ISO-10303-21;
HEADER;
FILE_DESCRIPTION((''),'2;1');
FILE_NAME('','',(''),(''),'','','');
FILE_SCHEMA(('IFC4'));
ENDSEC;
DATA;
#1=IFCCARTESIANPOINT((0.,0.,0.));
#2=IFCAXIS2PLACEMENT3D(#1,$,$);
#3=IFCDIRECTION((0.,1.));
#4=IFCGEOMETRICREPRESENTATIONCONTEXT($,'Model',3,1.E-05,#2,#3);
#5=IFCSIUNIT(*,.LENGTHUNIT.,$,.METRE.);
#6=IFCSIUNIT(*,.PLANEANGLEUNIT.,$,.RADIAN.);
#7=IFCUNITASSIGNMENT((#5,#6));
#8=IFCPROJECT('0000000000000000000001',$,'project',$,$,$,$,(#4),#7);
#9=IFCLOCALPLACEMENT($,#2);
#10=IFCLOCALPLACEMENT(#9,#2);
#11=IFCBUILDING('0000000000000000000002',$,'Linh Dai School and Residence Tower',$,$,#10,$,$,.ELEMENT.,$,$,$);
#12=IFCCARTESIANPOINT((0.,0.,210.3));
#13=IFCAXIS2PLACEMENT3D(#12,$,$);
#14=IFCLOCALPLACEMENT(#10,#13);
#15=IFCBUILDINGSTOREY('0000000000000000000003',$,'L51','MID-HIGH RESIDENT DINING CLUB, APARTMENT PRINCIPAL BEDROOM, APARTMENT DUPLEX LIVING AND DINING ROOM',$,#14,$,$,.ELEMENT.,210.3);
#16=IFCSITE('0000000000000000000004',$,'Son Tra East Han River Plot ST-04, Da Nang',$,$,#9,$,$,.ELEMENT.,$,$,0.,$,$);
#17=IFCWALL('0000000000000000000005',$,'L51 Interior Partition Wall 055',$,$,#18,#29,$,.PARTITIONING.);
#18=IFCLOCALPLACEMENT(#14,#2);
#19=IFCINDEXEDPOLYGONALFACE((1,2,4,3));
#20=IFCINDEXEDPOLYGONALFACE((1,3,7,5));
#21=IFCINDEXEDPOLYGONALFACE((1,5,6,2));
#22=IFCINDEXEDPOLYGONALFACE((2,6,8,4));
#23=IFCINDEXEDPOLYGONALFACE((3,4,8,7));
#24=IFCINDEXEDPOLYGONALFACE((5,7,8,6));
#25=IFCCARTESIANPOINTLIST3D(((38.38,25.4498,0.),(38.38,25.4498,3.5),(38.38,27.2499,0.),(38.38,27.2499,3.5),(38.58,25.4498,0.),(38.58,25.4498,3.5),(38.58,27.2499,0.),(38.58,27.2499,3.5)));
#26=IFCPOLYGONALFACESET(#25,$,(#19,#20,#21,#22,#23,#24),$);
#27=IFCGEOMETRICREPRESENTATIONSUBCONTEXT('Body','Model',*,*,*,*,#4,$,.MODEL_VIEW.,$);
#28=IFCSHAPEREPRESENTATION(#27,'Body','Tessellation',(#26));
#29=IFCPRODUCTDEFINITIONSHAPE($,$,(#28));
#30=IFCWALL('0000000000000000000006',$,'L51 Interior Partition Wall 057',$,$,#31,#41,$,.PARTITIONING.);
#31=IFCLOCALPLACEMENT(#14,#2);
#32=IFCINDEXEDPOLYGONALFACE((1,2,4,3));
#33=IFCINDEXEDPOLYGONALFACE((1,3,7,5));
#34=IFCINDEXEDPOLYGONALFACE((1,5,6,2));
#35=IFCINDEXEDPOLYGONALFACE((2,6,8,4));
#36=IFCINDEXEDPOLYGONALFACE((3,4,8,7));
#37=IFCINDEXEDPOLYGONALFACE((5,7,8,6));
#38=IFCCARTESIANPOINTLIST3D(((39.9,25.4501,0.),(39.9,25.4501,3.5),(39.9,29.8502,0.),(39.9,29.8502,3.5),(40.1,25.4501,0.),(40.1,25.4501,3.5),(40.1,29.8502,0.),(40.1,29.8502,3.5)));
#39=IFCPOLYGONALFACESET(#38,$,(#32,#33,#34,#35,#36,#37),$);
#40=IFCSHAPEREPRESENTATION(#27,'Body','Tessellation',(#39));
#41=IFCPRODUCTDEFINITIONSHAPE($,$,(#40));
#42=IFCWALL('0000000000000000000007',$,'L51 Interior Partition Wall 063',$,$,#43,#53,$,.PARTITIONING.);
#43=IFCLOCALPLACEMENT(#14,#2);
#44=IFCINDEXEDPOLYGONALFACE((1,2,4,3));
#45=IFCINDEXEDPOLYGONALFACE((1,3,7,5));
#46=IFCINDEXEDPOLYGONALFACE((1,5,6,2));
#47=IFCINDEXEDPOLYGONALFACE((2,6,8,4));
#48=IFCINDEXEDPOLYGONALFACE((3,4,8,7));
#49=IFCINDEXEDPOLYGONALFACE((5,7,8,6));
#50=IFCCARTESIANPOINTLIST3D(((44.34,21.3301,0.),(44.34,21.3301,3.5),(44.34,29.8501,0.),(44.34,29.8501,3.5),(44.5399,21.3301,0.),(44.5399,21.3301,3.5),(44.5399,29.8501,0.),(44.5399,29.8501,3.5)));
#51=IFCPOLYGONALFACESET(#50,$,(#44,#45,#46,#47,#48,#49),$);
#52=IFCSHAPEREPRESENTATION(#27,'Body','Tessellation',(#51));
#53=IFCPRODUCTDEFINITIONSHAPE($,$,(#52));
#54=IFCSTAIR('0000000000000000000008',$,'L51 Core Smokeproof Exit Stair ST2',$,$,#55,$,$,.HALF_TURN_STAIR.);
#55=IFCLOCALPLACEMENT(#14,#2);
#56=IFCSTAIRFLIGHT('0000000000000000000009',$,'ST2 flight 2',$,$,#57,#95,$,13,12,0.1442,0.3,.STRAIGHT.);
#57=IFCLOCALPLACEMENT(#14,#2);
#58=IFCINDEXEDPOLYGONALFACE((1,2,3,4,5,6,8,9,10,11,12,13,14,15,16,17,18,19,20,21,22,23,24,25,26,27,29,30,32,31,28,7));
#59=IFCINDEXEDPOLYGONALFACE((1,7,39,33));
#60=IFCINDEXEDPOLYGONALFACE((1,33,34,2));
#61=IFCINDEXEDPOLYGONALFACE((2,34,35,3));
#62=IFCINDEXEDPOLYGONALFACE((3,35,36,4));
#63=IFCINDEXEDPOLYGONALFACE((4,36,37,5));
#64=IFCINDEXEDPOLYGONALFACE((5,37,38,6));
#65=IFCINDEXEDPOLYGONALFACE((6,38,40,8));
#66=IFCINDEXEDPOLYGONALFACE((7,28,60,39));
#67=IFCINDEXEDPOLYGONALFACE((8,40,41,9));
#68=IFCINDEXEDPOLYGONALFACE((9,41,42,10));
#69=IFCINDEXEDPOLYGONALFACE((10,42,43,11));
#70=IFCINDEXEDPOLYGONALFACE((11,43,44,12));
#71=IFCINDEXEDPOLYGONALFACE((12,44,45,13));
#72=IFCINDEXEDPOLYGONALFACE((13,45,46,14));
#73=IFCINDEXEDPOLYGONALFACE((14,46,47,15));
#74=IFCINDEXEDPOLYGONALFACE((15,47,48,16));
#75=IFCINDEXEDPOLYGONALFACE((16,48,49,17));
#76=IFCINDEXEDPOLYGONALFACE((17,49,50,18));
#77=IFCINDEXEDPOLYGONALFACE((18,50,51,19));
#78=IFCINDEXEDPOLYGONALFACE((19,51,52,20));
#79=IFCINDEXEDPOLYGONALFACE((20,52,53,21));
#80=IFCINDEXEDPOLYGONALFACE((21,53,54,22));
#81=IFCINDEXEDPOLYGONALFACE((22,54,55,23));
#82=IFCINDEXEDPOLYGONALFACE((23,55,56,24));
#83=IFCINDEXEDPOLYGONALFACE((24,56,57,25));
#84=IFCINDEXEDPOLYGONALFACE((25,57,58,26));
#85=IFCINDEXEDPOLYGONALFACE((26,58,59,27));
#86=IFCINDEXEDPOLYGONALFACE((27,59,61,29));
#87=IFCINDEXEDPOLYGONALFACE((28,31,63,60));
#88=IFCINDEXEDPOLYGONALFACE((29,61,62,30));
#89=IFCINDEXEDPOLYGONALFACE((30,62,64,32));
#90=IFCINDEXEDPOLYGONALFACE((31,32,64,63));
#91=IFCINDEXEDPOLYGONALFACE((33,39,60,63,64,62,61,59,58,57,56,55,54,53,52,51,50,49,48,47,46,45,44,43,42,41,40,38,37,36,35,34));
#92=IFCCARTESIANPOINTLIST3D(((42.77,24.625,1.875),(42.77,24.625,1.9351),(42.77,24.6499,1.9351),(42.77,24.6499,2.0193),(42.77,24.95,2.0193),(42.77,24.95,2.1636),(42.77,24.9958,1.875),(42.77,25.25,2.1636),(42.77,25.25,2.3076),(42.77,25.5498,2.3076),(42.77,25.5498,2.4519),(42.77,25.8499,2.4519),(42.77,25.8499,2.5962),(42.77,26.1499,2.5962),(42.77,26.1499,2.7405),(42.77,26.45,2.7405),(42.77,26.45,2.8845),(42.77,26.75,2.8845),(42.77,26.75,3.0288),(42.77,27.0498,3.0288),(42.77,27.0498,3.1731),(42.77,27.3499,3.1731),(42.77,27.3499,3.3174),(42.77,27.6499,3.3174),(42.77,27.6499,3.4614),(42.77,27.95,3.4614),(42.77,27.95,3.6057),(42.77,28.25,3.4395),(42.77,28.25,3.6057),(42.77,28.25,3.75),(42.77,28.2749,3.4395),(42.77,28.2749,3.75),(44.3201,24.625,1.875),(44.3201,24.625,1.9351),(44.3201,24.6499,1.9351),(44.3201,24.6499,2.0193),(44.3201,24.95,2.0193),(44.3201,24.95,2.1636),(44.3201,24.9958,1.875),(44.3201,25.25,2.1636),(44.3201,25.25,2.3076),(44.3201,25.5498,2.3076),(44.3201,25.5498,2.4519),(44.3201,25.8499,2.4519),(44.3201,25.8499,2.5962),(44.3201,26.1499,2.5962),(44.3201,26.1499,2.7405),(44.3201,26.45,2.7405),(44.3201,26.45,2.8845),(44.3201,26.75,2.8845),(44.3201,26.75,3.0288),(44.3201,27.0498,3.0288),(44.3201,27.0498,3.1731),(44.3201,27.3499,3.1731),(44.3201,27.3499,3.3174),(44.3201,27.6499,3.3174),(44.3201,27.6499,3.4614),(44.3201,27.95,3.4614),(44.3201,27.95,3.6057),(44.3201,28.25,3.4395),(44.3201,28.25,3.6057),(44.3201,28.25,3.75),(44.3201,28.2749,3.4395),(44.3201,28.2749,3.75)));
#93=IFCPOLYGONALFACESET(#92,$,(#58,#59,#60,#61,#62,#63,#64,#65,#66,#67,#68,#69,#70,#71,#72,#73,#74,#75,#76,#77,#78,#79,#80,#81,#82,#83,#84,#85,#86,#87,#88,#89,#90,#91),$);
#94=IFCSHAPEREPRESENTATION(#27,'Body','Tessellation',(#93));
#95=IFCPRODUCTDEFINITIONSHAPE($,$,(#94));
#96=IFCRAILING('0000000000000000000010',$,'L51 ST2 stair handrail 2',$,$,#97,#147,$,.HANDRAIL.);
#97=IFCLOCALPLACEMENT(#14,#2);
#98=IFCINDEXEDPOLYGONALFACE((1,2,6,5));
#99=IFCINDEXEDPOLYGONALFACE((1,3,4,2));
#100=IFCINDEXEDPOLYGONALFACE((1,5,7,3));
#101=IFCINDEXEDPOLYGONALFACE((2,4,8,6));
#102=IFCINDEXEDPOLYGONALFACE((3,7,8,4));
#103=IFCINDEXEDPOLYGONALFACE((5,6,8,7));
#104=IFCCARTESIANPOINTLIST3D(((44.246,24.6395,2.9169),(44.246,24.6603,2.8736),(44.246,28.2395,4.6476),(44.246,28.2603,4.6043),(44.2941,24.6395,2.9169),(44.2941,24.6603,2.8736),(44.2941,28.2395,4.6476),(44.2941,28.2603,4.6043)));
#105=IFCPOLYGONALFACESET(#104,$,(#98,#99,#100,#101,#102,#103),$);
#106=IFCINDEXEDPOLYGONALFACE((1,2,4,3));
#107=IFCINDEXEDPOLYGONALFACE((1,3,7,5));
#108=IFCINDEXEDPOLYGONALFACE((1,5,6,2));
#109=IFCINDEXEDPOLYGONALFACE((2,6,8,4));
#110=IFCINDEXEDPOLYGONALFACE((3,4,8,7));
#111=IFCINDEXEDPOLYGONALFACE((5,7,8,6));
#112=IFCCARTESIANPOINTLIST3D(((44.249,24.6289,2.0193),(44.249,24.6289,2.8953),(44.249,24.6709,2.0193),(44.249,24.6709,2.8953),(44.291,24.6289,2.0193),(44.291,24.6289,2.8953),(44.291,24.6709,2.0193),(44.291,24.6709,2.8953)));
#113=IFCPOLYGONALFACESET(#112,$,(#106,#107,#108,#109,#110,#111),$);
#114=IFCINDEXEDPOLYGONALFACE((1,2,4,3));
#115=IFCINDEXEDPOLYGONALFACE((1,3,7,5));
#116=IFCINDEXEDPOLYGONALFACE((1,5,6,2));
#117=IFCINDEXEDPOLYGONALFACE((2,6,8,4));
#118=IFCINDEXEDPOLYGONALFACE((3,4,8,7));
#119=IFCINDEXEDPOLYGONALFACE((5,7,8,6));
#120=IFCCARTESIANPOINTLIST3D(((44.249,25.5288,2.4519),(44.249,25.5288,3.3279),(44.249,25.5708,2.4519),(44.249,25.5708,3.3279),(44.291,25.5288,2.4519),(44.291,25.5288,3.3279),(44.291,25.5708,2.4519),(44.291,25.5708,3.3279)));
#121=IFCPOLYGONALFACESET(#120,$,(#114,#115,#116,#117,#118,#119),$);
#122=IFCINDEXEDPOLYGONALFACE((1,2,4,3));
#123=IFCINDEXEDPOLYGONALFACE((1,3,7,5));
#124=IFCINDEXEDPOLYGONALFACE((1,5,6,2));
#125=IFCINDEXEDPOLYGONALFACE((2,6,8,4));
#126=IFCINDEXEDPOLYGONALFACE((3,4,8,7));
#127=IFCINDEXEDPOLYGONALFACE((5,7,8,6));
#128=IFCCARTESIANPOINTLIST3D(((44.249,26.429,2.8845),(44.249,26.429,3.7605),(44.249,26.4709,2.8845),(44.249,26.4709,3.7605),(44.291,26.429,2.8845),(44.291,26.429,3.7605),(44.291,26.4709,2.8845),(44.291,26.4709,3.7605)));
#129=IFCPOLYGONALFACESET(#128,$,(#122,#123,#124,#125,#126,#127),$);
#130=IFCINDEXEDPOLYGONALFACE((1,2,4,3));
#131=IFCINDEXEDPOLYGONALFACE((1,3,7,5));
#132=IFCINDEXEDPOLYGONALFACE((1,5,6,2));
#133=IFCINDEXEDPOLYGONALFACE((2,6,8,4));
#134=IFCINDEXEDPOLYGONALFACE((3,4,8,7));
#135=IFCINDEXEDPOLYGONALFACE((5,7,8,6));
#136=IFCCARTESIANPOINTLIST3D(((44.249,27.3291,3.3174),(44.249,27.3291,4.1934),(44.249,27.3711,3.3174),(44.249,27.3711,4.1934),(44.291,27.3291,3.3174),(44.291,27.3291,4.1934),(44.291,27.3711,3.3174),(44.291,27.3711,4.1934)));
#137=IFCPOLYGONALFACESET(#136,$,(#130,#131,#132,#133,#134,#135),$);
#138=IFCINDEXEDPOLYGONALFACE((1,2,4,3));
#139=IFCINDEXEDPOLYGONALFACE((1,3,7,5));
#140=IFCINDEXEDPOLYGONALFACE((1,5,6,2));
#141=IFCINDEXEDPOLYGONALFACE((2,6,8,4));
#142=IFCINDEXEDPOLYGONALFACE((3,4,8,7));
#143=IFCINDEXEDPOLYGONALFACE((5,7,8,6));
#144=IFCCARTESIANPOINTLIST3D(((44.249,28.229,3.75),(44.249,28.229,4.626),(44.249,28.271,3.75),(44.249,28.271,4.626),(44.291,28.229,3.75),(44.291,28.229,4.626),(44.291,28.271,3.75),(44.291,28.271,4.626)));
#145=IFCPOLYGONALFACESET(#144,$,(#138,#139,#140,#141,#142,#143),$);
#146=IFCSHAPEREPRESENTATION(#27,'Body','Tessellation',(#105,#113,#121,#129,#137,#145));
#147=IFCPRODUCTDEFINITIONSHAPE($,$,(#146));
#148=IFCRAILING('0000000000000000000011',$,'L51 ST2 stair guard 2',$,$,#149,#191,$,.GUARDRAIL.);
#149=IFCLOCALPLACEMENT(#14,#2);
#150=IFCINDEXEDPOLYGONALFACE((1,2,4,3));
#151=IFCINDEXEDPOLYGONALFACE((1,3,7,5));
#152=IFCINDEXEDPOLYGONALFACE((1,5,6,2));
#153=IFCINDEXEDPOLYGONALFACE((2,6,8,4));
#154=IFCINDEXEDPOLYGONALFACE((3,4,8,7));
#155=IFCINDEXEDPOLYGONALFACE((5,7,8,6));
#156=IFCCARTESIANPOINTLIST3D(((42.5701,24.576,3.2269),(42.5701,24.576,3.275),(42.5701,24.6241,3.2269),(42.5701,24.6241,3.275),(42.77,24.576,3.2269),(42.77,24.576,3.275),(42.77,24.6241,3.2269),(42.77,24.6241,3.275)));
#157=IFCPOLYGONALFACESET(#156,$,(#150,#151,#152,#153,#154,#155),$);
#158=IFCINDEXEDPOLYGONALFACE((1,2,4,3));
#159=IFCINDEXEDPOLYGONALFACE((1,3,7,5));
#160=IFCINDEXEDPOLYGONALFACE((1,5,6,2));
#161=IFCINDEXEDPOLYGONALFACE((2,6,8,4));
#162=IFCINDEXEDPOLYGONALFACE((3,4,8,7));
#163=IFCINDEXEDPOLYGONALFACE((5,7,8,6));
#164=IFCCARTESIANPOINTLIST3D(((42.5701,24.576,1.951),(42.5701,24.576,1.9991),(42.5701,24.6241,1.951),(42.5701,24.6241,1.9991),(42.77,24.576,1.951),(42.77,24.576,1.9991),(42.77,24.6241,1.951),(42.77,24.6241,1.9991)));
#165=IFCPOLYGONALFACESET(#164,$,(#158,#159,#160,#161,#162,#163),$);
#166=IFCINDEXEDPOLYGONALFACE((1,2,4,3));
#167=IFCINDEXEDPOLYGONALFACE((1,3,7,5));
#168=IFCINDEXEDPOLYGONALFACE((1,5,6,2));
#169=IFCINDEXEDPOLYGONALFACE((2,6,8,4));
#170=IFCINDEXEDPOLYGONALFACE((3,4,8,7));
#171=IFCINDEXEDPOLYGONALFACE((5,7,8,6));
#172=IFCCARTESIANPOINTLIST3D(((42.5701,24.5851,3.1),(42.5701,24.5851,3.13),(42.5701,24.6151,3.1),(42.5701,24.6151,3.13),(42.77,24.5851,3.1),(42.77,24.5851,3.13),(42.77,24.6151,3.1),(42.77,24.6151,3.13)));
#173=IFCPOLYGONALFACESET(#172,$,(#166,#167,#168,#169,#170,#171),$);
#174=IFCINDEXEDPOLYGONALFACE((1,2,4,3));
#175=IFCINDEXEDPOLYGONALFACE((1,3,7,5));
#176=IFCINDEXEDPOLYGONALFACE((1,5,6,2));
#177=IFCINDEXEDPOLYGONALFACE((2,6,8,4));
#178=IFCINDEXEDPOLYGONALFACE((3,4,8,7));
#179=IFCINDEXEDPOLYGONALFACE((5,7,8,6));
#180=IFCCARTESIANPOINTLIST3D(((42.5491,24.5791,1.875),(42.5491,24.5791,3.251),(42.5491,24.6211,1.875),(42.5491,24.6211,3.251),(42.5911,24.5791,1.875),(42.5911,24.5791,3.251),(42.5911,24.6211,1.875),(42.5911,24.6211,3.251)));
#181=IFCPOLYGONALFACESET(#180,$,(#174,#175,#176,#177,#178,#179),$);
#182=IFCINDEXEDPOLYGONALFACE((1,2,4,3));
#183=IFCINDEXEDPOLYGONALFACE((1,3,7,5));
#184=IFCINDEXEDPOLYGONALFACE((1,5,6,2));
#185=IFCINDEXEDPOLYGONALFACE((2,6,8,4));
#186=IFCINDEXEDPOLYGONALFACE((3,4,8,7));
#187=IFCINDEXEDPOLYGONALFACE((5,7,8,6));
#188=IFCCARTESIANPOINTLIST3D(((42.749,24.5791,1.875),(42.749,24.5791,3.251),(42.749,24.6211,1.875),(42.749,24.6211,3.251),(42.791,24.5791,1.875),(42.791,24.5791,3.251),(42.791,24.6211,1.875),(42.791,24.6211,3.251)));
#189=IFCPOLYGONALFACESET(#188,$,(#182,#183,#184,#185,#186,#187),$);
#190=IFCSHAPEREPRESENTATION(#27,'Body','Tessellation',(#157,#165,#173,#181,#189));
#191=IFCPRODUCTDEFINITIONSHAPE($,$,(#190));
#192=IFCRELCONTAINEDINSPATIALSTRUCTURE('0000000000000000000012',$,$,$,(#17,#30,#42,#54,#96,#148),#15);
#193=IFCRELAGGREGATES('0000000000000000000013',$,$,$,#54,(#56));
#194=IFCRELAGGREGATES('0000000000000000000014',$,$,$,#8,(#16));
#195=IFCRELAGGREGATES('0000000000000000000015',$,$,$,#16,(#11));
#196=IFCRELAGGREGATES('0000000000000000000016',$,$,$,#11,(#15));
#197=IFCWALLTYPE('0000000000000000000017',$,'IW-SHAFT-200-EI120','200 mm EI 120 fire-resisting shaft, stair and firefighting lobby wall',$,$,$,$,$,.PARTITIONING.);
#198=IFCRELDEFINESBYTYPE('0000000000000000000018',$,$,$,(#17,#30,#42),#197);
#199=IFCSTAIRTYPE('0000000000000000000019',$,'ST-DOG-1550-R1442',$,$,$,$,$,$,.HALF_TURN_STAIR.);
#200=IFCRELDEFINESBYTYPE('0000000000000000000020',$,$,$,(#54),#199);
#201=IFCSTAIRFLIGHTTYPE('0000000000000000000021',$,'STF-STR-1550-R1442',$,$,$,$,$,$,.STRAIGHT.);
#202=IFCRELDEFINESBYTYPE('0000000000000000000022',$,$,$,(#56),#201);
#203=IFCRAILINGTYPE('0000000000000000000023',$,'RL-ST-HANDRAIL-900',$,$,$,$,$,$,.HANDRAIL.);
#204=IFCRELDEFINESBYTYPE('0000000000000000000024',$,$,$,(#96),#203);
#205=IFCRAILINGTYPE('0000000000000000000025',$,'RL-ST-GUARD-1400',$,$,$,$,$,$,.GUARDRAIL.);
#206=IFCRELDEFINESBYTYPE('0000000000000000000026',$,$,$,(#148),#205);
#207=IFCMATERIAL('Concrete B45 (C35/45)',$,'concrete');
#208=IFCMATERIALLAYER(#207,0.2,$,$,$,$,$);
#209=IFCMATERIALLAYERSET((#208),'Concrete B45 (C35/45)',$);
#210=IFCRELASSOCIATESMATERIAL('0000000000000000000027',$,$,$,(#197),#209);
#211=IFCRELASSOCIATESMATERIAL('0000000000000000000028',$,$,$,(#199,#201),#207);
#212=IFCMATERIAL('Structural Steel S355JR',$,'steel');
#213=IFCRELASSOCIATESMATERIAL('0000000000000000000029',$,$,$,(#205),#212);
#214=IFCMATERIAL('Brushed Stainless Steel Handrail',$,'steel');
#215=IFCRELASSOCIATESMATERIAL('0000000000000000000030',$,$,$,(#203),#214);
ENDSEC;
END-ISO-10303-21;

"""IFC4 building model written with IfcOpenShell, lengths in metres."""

from ifc_helpers import new_model, si_unit, direction, frame, frame_2d, origin, origin_2d, place, context, subcontext, project, spatial, polyline, rectangle, outline, extrude, source, transform, mapped, material, layer, layer_set, type_object, element, aggregate, save


model = new_model("IFC4")

# Units and contexts
model_context = context("Model", 3, precision=1e-05, world=origin(), true_north=direction((0.0, 1.0)))
body_context = subcontext(model_context, "Body", "Model", "MODEL_VIEW")
ifc_project = project(units=[si_unit("LENGTHUNIT", "METRE"), si_unit("PLANEANGLEUNIT", "RADIAN")], contexts=[model_context])

# Site, building, storey
site_placement = place(None, origin())
site = spatial("IfcSite", under=ifc_project, at=site_placement, Name="Son Tra East Han River Plot ST-04, Da Nang", CompositionType="ELEMENT", RefElevation=0.0)
building_placement = place(site_placement, origin())
building = spatial("IfcBuilding", under=site, at=building_placement, Name="Linh Dai School and Residence Tower", CompositionType="ELEMENT")
storey_placement = place(building_placement, frame((0.0, 0.0, 210.3)))
storey = spatial("IfcBuildingStorey", under=building, at=storey_placement, Name="L51", Description="MID-HIGH RESIDENT DINING CLUB, APARTMENT PRINCIPAL BEDROOM, APARTMENT DUPLEX LIVING AND DINING ROOM", CompositionType="ELEMENT", Elevation=210.3)

# Shared definitions
ifc_material_1 = material(Name="Structural Steel S355JR", Category="steel")

# Walls
ifc_material_2 = material(Name="Concrete B45 (C35/45)", Category="concrete")
ifc_layer_1 = layer(ifc_material_2, 0.2)
ifc_layer_set_1 = layer_set([ifc_layer_1], Name="Concrete B45 (C35/45)")
wall_type_1 = type_object("IfcWallType", Name="IW-SHAFT-200-EI120", Description="200 mm EI 120 fire-resisting shaft, stair and firefighting lobby wall", PredefinedType="PARTITIONING", material=ifc_layer_set_1)
for number, where, z_axis, x_axis, name in (
    (1, (38.48, 25.45, 0.0), (0.0, 0.0, 1.0), (0.0, 1.0, 0.0), "L51 Interior Partition Wall 055"),
):
    element("IfcWall", number, at=place(storey_placement, frame(where, z_axis=z_axis, x_axis=x_axis)), inside=storey, type_object=wall_type_1, Name=name, PredefinedType="PARTITIONING", context=body_context, shape_type="SweptSolid", body=[
        extrude(rectangle(XDim=1.8, YDim=0.2, at=frame_2d((0.8999, 0.0))), origin(), (0.0, 0.0, 1.0), 3.5),
    ])
wall_1_placement = place(storey_placement, frame((40.0, 25.45, 0.0), z_axis=(0.0, 0.0, 1.0), x_axis=(0.0, 1.0, 0.0)))
element("IfcWall", 2, at=wall_1_placement, inside=storey, type_object=wall_type_1, Name="L51 Interior Partition Wall 057", PredefinedType="PARTITIONING", context=body_context, shape_type="SweptSolid", body=[
    extrude(rectangle(XDim=4.4001, YDim=0.2, at=frame_2d((2.2002, 0.0))), origin(), (0.0, 0.0, 1.0), 3.5),
])
wall_2_placement = place(storey_placement, frame((44.4399, 21.3301, 0.0), z_axis=(0.0, 0.0, 1.0), x_axis=(0.0, 1.0, 0.0)))
element("IfcWall", 3, at=wall_2_placement, inside=storey, type_object=wall_type_1, Name="L51 Interior Partition Wall 063", PredefinedType="PARTITIONING", context=body_context, shape_type="SweptSolid", body=[
    extrude(rectangle(XDim=8.52, YDim=0.2, at=frame_2d((4.26, 0.0))), origin(), (0.0, 0.0, 1.0), 3.5),
])

# Stair, stair flight
stair_type = type_object("IfcStairType", Name="ST-DOG-1550-R1442", PredefinedType="HALF_TURN_STAIR", material=ifc_material_2)
stair_placement = place(storey_placement, origin())
stair = element("IfcStair", 4, at=stair_placement, inside=storey, type_object=stair_type, Name="L51 Core Smokeproof Exit Stair ST2", PredefinedType="HALF_TURN_STAIR")
stair_flight_type = type_object("IfcStairFlightType", Name="STF-STR-1550-R1442", PredefinedType="STRAIGHT", material=ifc_material_2)
shared_shape_1 = source(origin(), body_context, "Body", "SweptSolid", [
    extrude(outline(polyline([(-0.0249, 0.0), (-0.0249, 0.0601), (0.0, 0.0601), (0.0, 0.1443), (0.3, 0.1443), (0.3, 0.2886), (0.6001, 0.2886), (0.6001, 0.4326), (0.8999, 0.4326), (0.8999, 0.5769), (1.2, 0.5769), (1.2, 0.7212), (1.5, 0.7212), (1.5, 0.8655), (1.8, 0.8655), (1.8, 1.0095), (2.1001, 1.0095), (2.1001, 1.1538), (2.3999, 1.1538), (2.3999, 1.2981), (2.7, 1.2981), (2.7, 1.4424), (3.0, 1.4424), (3.0, 1.5864), (3.3, 1.5864), (3.3, 1.7307), (3.6001, 1.7307), (3.6001, 1.875), (3.625, 1.875), (3.625, 1.5645), (3.6001, 1.5645), (0.3459, 0.0), (-0.0249, 0.0)])), frame((0.0, 0.7749, 0.0), z_axis=(0.0, -1.0, 0.0), x_axis=(1.0, 0.0, 0.0)), (0.0, 0.0, 1.0), 1.55),
])
stair_flight_placement = place(storey_placement, frame((43.5449, 24.6499, 1.875), z_axis=(0.0, 0.0, 1.0), x_axis=(0.0, 1.0, 0.0)))
stair_flight = element("IfcStairFlight", 5, at=stair_flight_placement, type_object=stair_flight_type, Name="ST2 flight 2", NumberOfRisers=13, NumberOfTreads=12, PredefinedType="STRAIGHT", RiserHeight=0.1442, TreadLength=0.3, context=body_context, shape_type="MappedRepresentation", body=[
    mapped(shared_shape_1, transform((0.0, 0.0, 0.0), x_axis=(1.0, 0.0, 0.0), y_axis=(0.0, 1.0, 0.0), z_axis=(0.0, 0.0, 1.0), scale=1.0)),
])
aggregate(stair, [stair_flight])

# Railings
railing_type_1 = type_object("IfcRailingType", Name="RL-ST-GUARD-1400", PredefinedType="GUARDRAIL", material=ifc_material_1)
ifc_material_3 = material(Name="Brushed Stainless Steel Handrail", Category="steel")
railing_type_2 = type_object("IfcRailingType", Name="RL-ST-HANDRAIL-900", PredefinedType="HANDRAIL", material=ifc_material_3)
shared_shape_2 = source(origin(), body_context, "Body", "SweptSolid", [
    extrude(rectangle(XDim=0.0481, YDim=0.0481, at=origin_2d()), frame((0.0, 0.0, 0.876), z_axis=(0.0, 0.901263, 0.433273), x_axis=(-1.0, 0.0, 0.0)), (0.0, 0.0, 1.0), 3.9944),
    extrude(rectangle(XDim=0.042, YDim=0.042, at=origin_2d()), origin(), (0.0, 0.0, 1.0), 0.876),
    extrude(rectangle(XDim=0.042, YDim=0.042, at=origin_2d()), frame((0.0, 0.8999, 0.4326)), (0.0, 0.0, 1.0), 0.876),
    extrude(rectangle(XDim=0.042, YDim=0.042, at=origin_2d()), frame((0.0, 1.8, 0.8652)), (0.0, 0.0, 1.0), 0.876),
    extrude(rectangle(XDim=0.042, YDim=0.042, at=origin_2d()), frame((0.0, 2.7002, 1.2981)), (0.0, 0.0, 1.0), 0.876),
    extrude(rectangle(XDim=0.042, YDim=0.042, at=origin_2d()), frame((0.0, 3.6001, 1.7307)), (0.0, 0.0, 1.0), 0.876),
])
railing_1_placement = place(storey_placement, frame((44.27, 24.6499, 2.0193)))
element("IfcRailing", 6, at=railing_1_placement, inside=storey, type_object=railing_type_2, Name="L51 ST2 stair handrail 2", PredefinedType="HANDRAIL", context=body_context, shape_type="MappedRepresentation", body=[
    mapped(shared_shape_2, transform((0.0, 0.0, 0.0), x_axis=(1.0, 0.0, 0.0), y_axis=(0.0, 1.0, 0.0), z_axis=(0.0, 0.0, 1.0), scale=1.0)),
])
shared_shape_3 = source(origin(), body_context, "Body", "SweptSolid", [
    extrude(rectangle(XDim=0.0481, YDim=0.0481, at=origin_2d()), frame((0.0, 0.0, 1.376), z_axis=(1.0, 0.0, 0.0), x_axis=(0.0, 1.0, 0.0)), (0.0, 0.0, 1.0), 0.2),
    extrude(rectangle(XDim=0.0481, YDim=0.0481, at=origin_2d()), frame((0.0, 0.0, 0.1001), z_axis=(1.0, 0.0, 0.0), x_axis=(0.0, 1.0, 0.0)), (0.0, 0.0, 1.0), 0.2),
    extrude(rectangle(XDim=0.03, YDim=0.03, at=origin_2d()), frame((0.0, 0.0, 1.24), z_axis=(1.0, 0.0, 0.0), x_axis=(0.0, 1.0, 0.0)), (0.0, 0.0, 1.0), 0.2),
    extrude(rectangle(XDim=0.042, YDim=0.042, at=origin_2d()), origin(), (0.0, 0.0, 1.0), 1.376),
    extrude(rectangle(XDim=0.042, YDim=0.042, at=origin_2d()), frame((0.2, 0.0, 0.0)), (0.0, 0.0, 1.0), 1.376),
])
railing_2_placement = place(storey_placement, frame((42.5701, 24.6001, 1.875)))
element("IfcRailing", 7, at=railing_2_placement, inside=storey, type_object=railing_type_1, Name="L51 ST2 stair guard 2", PredefinedType="GUARDRAIL", context=body_context, shape_type="MappedRepresentation", body=[
    mapped(shared_shape_3, transform((0.0, 0.0, 0.0), x_axis=(1.0, 0.0, 0.0), y_axis=(0.0, 1.0, 0.0), z_axis=(0.0, 0.0, 1.0), scale=1.0)),
])

save(model, "model.ifc")
